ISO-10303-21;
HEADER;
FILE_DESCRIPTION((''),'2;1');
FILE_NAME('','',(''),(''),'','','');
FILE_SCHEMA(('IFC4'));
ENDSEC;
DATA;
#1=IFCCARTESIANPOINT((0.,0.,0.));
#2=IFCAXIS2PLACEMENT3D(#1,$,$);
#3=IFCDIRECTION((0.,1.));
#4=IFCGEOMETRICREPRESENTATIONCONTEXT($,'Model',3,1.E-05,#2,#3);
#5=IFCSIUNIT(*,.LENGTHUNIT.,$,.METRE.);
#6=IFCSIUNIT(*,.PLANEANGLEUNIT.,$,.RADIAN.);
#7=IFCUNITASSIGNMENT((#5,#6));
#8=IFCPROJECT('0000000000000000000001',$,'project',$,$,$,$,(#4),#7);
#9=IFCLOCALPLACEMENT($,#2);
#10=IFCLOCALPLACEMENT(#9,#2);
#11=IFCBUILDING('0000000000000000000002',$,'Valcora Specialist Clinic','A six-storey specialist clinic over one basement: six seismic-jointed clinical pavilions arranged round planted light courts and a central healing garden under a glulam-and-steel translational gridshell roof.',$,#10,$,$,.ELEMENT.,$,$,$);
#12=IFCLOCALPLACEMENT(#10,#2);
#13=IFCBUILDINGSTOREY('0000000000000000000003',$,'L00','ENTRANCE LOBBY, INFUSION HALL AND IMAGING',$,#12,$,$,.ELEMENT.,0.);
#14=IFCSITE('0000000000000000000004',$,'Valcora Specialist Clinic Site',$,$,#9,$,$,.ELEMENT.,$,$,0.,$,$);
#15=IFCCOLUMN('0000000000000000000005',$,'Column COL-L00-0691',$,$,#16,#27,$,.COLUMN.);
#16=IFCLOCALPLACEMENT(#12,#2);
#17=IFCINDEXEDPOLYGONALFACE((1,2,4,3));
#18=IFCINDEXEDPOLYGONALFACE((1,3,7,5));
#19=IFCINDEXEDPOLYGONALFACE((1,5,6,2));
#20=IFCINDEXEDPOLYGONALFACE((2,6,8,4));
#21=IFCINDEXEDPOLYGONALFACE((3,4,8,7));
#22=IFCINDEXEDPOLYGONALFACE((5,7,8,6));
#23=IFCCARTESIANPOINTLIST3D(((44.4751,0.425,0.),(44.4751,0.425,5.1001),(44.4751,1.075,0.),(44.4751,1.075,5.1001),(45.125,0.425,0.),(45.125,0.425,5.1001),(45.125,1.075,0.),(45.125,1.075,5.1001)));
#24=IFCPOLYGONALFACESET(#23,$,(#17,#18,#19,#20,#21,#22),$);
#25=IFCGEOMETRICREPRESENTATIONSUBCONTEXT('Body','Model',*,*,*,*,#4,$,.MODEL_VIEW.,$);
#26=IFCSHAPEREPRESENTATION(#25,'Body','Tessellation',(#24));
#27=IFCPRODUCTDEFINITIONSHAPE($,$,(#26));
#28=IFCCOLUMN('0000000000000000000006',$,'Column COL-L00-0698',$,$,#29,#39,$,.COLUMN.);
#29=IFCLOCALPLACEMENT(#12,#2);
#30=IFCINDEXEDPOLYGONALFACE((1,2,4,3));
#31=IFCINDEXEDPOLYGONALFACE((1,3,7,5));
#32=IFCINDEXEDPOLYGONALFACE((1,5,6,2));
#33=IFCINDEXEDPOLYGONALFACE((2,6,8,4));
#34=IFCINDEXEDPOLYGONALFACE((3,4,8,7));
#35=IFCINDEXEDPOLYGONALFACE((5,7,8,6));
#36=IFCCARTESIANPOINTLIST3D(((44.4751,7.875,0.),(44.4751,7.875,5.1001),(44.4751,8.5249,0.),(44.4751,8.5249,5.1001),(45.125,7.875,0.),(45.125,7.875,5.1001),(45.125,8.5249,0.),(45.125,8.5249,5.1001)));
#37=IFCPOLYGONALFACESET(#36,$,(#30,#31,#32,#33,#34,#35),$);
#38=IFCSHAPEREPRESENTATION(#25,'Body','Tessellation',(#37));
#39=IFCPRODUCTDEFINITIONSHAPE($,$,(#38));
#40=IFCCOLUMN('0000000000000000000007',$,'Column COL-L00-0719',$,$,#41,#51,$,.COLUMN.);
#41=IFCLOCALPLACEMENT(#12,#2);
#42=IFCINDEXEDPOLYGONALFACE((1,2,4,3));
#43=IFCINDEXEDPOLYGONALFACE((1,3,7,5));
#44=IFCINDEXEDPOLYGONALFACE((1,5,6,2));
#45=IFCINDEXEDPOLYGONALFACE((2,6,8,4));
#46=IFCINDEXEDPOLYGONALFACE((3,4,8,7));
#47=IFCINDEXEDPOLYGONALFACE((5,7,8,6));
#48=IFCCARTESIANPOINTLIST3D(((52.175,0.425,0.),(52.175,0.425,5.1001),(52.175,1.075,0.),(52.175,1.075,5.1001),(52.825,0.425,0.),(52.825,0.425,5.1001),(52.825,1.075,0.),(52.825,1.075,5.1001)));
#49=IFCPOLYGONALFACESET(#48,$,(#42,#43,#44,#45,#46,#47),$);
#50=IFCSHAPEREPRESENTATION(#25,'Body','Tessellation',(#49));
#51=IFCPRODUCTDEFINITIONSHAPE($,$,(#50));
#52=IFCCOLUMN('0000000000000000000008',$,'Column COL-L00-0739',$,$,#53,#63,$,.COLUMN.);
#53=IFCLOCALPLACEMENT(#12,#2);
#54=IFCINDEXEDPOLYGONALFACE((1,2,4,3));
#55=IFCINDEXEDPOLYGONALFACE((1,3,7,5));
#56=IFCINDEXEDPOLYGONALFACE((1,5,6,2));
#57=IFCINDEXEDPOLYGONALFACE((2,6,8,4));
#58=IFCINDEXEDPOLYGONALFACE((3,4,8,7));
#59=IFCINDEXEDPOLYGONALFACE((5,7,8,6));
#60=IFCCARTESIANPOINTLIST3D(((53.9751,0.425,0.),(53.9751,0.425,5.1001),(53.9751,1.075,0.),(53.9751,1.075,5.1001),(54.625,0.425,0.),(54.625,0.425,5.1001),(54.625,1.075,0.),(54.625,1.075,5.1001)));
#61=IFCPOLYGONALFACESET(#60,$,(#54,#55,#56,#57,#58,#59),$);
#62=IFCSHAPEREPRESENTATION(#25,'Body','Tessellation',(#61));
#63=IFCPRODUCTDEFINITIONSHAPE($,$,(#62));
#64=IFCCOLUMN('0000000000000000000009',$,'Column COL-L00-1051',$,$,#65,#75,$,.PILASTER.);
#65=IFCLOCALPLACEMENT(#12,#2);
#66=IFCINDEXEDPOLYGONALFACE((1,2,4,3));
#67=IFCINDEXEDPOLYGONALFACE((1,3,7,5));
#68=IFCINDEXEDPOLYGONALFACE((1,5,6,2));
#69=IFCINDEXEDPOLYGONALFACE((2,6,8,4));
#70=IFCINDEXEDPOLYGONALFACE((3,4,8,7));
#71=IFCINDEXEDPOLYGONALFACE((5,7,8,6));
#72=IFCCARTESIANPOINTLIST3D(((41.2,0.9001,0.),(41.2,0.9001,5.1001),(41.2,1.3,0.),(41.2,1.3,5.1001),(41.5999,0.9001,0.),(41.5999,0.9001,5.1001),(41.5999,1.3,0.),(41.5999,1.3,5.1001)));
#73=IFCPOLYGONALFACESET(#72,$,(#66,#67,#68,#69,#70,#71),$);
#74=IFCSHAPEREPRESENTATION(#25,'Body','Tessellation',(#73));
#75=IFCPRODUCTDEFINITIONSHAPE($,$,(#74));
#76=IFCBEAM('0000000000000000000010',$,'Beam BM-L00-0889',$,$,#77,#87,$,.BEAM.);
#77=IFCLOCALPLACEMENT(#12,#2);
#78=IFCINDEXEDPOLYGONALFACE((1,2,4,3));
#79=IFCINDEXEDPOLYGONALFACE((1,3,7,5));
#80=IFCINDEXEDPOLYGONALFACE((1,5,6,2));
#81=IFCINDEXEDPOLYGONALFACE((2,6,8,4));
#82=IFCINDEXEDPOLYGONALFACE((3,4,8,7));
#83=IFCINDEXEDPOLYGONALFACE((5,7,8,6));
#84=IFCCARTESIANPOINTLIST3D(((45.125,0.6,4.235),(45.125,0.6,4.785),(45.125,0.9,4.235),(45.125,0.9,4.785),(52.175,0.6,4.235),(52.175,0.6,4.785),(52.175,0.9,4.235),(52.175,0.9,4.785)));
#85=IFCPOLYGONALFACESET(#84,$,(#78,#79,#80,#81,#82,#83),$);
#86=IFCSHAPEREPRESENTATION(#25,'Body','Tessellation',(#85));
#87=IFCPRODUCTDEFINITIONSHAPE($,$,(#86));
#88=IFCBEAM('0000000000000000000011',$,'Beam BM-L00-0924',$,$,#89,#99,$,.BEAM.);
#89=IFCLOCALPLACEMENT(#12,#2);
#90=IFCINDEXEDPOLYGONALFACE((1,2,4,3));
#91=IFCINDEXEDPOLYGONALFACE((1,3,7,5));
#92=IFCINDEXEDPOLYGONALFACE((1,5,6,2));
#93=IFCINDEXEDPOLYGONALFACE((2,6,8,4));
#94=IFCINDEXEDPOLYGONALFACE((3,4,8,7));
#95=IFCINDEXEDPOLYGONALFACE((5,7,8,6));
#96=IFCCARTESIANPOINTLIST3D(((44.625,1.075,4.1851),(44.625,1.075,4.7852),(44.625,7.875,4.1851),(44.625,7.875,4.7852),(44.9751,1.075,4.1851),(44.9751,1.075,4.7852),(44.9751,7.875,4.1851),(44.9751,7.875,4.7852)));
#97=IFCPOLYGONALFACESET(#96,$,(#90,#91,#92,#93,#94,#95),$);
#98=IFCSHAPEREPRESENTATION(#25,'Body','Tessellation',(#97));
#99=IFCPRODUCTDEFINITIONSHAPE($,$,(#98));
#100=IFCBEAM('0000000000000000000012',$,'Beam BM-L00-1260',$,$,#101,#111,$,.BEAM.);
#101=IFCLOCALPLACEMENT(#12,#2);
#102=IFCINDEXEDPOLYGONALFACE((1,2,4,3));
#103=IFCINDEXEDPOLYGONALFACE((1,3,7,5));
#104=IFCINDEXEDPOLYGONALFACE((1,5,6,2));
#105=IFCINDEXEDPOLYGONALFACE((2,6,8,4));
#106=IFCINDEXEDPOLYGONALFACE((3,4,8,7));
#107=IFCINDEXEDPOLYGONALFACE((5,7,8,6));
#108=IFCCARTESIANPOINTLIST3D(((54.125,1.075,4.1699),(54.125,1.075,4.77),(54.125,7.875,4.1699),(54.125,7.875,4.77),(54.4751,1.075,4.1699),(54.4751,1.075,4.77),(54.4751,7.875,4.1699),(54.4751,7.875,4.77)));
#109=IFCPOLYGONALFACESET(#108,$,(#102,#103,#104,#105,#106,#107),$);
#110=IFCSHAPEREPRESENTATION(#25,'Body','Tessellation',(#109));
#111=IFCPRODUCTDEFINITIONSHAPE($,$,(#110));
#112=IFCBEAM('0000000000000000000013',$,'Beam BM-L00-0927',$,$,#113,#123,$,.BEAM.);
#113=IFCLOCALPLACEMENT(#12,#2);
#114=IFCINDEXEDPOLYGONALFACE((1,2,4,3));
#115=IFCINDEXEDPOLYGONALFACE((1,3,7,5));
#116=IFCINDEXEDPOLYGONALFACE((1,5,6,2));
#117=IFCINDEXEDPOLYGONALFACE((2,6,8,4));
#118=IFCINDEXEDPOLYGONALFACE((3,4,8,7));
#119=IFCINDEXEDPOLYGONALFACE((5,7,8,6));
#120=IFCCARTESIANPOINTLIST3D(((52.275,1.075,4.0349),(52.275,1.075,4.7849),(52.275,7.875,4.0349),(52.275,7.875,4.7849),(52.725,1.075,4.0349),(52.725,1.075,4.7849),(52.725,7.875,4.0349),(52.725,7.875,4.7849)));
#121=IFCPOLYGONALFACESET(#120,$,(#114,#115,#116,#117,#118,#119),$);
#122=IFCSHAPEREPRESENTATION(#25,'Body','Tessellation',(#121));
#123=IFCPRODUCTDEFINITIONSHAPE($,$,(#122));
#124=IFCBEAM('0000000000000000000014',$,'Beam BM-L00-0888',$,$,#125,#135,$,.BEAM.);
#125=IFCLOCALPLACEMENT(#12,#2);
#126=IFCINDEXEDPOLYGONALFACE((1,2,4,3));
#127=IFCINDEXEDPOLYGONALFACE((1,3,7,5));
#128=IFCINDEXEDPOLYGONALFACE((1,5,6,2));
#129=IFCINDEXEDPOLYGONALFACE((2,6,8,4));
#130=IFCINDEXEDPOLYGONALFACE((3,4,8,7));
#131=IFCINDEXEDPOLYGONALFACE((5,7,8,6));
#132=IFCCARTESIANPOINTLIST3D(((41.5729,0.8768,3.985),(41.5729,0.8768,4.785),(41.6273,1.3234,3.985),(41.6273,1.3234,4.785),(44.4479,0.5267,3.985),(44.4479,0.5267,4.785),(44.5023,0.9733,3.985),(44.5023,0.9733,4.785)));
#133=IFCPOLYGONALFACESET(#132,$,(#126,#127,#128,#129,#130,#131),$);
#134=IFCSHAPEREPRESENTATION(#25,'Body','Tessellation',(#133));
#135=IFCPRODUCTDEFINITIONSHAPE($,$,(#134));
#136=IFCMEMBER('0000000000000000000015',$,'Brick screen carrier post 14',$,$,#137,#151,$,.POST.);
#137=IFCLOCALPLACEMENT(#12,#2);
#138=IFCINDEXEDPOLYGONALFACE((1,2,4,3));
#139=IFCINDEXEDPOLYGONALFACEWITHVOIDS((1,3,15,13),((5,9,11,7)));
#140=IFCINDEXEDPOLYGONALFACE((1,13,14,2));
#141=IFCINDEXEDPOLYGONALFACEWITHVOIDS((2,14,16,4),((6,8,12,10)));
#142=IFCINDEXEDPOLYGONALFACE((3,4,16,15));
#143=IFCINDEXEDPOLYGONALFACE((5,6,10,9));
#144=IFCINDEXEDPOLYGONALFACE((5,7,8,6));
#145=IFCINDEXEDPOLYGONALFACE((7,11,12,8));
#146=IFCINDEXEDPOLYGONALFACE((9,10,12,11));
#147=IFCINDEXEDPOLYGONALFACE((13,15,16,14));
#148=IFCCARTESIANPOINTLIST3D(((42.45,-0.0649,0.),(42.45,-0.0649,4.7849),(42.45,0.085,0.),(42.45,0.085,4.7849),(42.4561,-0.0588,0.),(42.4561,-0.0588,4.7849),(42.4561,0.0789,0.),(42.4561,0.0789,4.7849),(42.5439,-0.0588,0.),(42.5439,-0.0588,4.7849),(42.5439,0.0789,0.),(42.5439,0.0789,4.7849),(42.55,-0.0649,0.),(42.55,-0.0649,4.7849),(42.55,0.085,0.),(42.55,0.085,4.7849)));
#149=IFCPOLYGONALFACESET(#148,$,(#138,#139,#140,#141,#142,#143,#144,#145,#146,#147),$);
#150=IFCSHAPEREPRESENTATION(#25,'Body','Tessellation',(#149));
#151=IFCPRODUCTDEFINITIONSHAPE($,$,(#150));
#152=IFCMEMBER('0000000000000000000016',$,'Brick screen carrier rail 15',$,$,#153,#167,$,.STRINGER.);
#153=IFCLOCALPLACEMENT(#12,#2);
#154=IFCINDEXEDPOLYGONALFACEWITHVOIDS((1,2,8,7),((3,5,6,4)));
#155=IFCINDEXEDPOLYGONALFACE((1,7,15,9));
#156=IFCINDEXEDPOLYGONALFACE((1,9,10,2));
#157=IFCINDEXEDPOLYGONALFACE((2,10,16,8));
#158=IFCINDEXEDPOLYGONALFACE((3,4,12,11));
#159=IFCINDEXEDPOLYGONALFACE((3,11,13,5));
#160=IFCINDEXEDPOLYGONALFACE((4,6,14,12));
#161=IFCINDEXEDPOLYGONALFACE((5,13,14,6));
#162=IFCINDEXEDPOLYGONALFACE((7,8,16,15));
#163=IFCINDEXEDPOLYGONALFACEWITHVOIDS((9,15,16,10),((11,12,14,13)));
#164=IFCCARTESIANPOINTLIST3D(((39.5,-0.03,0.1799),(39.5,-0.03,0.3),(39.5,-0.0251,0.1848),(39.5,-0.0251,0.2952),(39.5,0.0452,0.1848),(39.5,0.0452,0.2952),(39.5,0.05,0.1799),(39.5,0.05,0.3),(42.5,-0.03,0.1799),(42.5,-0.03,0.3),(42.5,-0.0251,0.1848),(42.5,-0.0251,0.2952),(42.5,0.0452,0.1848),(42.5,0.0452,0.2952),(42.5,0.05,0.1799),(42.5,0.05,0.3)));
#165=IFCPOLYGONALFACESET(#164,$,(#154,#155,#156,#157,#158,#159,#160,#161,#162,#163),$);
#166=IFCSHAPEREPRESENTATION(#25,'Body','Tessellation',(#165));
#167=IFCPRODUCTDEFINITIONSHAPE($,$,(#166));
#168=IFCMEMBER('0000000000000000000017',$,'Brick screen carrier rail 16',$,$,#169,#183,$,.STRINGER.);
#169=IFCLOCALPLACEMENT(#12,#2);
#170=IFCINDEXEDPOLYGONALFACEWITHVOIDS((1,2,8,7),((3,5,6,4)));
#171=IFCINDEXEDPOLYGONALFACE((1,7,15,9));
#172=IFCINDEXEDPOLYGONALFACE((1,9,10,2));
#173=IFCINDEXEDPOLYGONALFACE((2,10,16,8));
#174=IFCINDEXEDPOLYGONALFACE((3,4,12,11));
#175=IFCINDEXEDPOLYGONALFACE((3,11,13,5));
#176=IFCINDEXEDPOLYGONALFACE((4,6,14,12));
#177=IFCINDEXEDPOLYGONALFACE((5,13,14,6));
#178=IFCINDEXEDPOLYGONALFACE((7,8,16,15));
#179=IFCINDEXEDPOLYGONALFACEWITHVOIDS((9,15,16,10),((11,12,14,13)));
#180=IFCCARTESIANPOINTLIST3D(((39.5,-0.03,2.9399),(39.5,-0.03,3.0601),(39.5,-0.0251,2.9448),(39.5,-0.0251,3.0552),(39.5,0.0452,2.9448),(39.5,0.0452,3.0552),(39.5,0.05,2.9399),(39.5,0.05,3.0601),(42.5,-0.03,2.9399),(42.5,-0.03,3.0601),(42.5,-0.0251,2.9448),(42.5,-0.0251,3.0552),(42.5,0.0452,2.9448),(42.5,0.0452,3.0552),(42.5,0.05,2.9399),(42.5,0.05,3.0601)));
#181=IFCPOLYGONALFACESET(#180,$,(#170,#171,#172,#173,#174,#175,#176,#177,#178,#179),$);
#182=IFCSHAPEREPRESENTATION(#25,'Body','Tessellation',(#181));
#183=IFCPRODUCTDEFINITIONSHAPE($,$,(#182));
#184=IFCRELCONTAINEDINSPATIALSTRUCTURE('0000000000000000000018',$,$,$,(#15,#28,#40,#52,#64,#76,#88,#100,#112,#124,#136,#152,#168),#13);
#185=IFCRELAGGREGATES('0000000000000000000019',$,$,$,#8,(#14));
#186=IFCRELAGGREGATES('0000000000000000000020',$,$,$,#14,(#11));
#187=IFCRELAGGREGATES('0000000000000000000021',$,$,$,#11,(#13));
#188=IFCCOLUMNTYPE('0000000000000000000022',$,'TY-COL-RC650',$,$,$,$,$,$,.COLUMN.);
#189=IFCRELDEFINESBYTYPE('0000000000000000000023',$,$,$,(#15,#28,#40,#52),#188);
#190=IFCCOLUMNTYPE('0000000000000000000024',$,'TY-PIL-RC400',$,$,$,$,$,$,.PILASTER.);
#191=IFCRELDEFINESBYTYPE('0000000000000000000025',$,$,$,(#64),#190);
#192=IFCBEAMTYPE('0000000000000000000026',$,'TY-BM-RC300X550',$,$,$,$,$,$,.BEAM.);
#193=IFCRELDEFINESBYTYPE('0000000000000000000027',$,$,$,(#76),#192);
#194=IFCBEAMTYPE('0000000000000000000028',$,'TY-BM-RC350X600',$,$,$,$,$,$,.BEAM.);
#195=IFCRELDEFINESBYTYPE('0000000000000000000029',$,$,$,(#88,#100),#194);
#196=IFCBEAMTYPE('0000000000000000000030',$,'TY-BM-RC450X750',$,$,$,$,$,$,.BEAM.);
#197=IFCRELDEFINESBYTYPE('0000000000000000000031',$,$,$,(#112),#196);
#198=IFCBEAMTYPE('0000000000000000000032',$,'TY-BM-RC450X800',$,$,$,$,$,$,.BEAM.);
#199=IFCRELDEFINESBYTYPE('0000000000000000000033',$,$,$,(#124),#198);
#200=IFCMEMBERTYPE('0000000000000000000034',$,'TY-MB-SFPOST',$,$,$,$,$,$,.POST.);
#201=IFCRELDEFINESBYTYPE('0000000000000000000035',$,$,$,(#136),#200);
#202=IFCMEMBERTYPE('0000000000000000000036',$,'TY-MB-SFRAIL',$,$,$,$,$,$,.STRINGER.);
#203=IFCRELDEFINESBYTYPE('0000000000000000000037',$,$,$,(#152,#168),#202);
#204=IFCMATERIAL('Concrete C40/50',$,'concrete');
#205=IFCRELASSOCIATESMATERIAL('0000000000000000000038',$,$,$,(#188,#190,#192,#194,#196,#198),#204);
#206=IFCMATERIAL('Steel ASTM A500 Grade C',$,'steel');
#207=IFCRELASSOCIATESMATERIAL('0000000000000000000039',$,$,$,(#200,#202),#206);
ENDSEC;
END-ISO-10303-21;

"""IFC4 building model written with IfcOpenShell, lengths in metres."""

from ifc_helpers import new_model, si_unit, direction, frame, origin, origin_2d, place, context, subcontext, project, spatial, rectangle, hollow_rectangle, extrude, material, material_profile, profile_set, type_object, element, save


model = new_model("IFC4")

# Units and contexts
model_context = context("Model", 3, precision=1e-05, world=origin(), true_north=direction((0.0, 1.0)))
body_context = subcontext(model_context, "Body", "Model", "MODEL_VIEW")
ifc_project = project(units=[si_unit("LENGTHUNIT", "METRE"), si_unit("PLANEANGLEUNIT", "RADIAN")], contexts=[model_context])

# Site, building, storey
site_placement = place(None, origin())
site = spatial("IfcSite", under=ifc_project, at=site_placement, Name="Valcora Specialist Clinic Site", CompositionType="ELEMENT", RefElevation=0.0)
building_placement = place(site_placement, origin())
building = spatial("IfcBuilding", under=site, at=building_placement, Name="Valcora Specialist Clinic", Description="A six-storey specialist clinic over one basement: six seismic-jointed clinical pavilions arranged round planted light courts and a central healing garden under a glulam-and-steel translational gridshell roof.", CompositionType="ELEMENT")
storey_placement = place(building_placement, origin())
storey = spatial("IfcBuildingStorey", under=building, at=storey_placement, Name="L00", Description="ENTRANCE LOBBY, INFUSION HALL AND IMAGING", CompositionType="ELEMENT", Elevation=0.0)

# Columns
ifc_material_1 = material(Name="Concrete C40/50", Category="concrete")
ifc_material_profile_1 = material_profile(ifc_material_1, rectangle(XDim=0.6499, YDim=0.6499, at=origin_2d()), Name="RC-COL-650X650")
ifc_profile_set_1 = profile_set([ifc_material_profile_1], Name="Concrete C40/50")
column_type_1 = type_object("IfcColumnType", Name="TY-COL-RC650", PredefinedType="COLUMN", material=ifc_profile_set_1)
for number, where, z_axis, x_axis, name in (
    (1, (44.8, 0.75, 0.0), (0.0, 0.0, 1.0), (1.0, 0.0, 0.0), "Column COL-L00-0691"),
    (2, (44.8, 8.2, 0.0), (0.0, 0.0, 1.0), (1.0, 0.0, 0.0), "Column COL-L00-0698"),
    (3, (52.5, 0.75, 0.0), (0.0, 0.0, 1.0), (1.0, 0.0, 0.0), "Column COL-L00-0719"),
    (4, (54.3, 0.75, 0.0), (0.0, 0.0, 1.0), (1.0, 0.0, 0.0), "Column COL-L00-0739"),
):
    element("IfcColumn", number, at=place(storey_placement, frame(where, z_axis=z_axis, x_axis=x_axis)), inside=storey, type_object=column_type_1, Name=name, PredefinedType="COLUMN", context=body_context, shape_type="SweptSolid", body=[
        extrude(rectangle(XDim=0.6499, YDim=0.6499, at=origin_2d()), origin(), (0.0, 0.0, 1.0), 5.1001),
    ])
ifc_material_profile_2 = material_profile(ifc_material_1, rectangle(XDim=0.3999, YDim=0.3999, at=origin_2d()), Name="RC-COL-400X400")
ifc_profile_set_2 = profile_set([ifc_material_profile_2], Name="Concrete C40/50")
column_type_2 = type_object("IfcColumnType", Name="TY-PIL-RC400", PredefinedType="PILASTER", material=ifc_profile_set_2)
column_placement = place(storey_placement, frame((41.3999, 1.1001, 0.0), z_axis=(0.0, 0.0, 1.0), x_axis=(1.0, 0.0, 0.0)))
element("IfcColumn", 5, at=column_placement, inside=storey, type_object=column_type_2, Name="Column COL-L00-1051", PredefinedType="PILASTER", context=body_context, shape_type="SweptSolid", body=[
    extrude(rectangle(XDim=0.3999, YDim=0.3999, at=origin_2d()), origin(), (0.0, 0.0, 1.0), 5.1001),
])

# Beams
ifc_material_profile_3 = material_profile(ifc_material_1, rectangle(XDim=0.3, YDim=0.55, at=origin_2d()), Name="RC-BM-300X550")
ifc_profile_set_3 = profile_set([ifc_material_profile_3], Name="Concrete C40/50")
beam_type_1 = type_object("IfcBeamType", Name="TY-BM-RC300X550", PredefinedType="BEAM", material=ifc_profile_set_3)
beam_1_placement = place(storey_placement, frame((45.125, 0.75, 4.51), z_axis=(1.0, 0.0, 0.0), x_axis=(0.0, 1.0, 0.0)))
element("IfcBeam", 6, at=beam_1_placement, inside=storey, type_object=beam_type_1, Name="Beam BM-L00-0889", PredefinedType="BEAM", context=body_context, shape_type="SweptSolid", body=[
    extrude(rectangle(XDim=0.3, YDim=0.55, at=origin_2d()), origin(), (0.0, 0.0, 1.0), 7.05),
])
ifc_material_profile_4 = material_profile(ifc_material_1, rectangle(XDim=0.3501, YDim=0.6001, at=origin_2d()), Name="RC-BM-350X600")
ifc_profile_set_4 = profile_set([ifc_material_profile_4], Name="Concrete C40/50")
beam_type_2 = type_object("IfcBeamType", Name="TY-BM-RC350X600", PredefinedType="BEAM", material=ifc_profile_set_4)
for number, where, z_axis, x_axis, name in (
    (7, (44.8, 1.075, 4.4851), (0.0, 1.0, 0.0), (-1.0, 0.0, 0.0), "Beam BM-L00-0924"),
    (8, (54.3, 1.075, 4.47), (0.0, 1.0, 0.0), (-1.0, 0.0, 0.0), "Beam BM-L00-1260"),
):
    element("IfcBeam", number, at=place(storey_placement, frame(where, z_axis=z_axis, x_axis=x_axis)), inside=storey, type_object=beam_type_2, Name=name, PredefinedType="BEAM", context=body_context, shape_type="SweptSolid", body=[
        extrude(rectangle(XDim=0.3501, YDim=0.6001, at=origin_2d()), origin(), (0.0, 0.0, 1.0), 6.8),
    ])
ifc_material_profile_5 = material_profile(ifc_material_1, rectangle(XDim=0.45, YDim=0.75, at=origin_2d()), Name="RC-BM-450X750")
ifc_profile_set_5 = profile_set([ifc_material_profile_5], Name="Concrete C40/50")
beam_type_3 = type_object("IfcBeamType", Name="TY-BM-RC450X750", PredefinedType="BEAM", material=ifc_profile_set_5)
beam_2_placement = place(storey_placement, frame((52.5, 1.075, 4.4099), z_axis=(0.0, 1.0, 0.0), x_axis=(-1.0, 0.0, 0.0)))
element("IfcBeam", 9, at=beam_2_placement, inside=storey, type_object=beam_type_3, Name="Beam BM-L00-0927", PredefinedType="BEAM", context=body_context, shape_type="SweptSolid", body=[
    extrude(rectangle(XDim=0.45, YDim=0.75, at=origin_2d()), origin(), (0.0, 0.0, 1.0), 6.8),
])
ifc_material_profile_6 = material_profile(ifc_material_1, rectangle(XDim=0.45, YDim=0.8, at=origin_2d()), Name="RC-BM-450X800")
ifc_profile_set_6 = profile_set([ifc_material_profile_6], Name="Concrete C40/50")
beam_type_4 = type_object("IfcBeamType", Name="TY-BM-RC450X800", PredefinedType="BEAM", material=ifc_profile_set_6)
beam_3_placement = place(storey_placement, frame((41.6001, 1.1001, 4.385), z_axis=(0.992667, -0.12088, 0.0), x_axis=(0.12088, 0.992667, 0.0)))
element("IfcBeam", 10, at=beam_3_placement, inside=storey, type_object=beam_type_4, Name="Beam BM-L00-0888", PredefinedType="BEAM", context=body_context, shape_type="SweptSolid", body=[
    extrude(rectangle(XDim=0.45, YDim=0.8, at=origin_2d()), origin(), (0.0, 0.0, 1.0), 2.8962),
])

# Members
ifc_material_2 = material(Name="Steel ASTM A500 Grade C", Category="steel")
ifc_material_profile_7 = material_profile(ifc_material_2, hollow_rectangle(XDim=0.1001, YDim=0.1499, WallThickness=0.0061, at=origin_2d()), Name="ST-RHS-150X100X6")
ifc_profile_set_7 = profile_set([ifc_material_profile_7], Name="Steel ASTM A500 Grade C")
member_type_1 = type_object("IfcMemberType", Name="TY-MB-SFPOST", PredefinedType="POST", material=ifc_profile_set_7)
member_placement = place(storey_placement, frame((42.5, 0.01, 0.0), z_axis=(0.0, 0.0, 1.0), x_axis=(1.0, 0.0, 0.0)))
element("IfcMember", 11, at=member_placement, inside=storey, type_object=member_type_1, Name="Brick screen carrier post 14", PredefinedType="POST", context=body_context, shape_type="SweptSolid", body=[
    extrude(hollow_rectangle(XDim=0.1001, YDim=0.1499, WallThickness=0.0061, at=origin_2d()), origin(), (0.0, 0.0, 1.0), 4.7849),
])
ifc_material_profile_8 = material_profile(ifc_material_2, hollow_rectangle(XDim=0.0801, YDim=0.1201, WallThickness=0.0049, at=origin_2d()), Name="ST-RHS-120X80X5")
ifc_profile_set_8 = profile_set([ifc_material_profile_8], Name="Steel ASTM A500 Grade C")
member_type_2 = type_object("IfcMemberType", Name="TY-MB-SFRAIL", PredefinedType="STRINGER", material=ifc_profile_set_8)
for number, where, z_axis, x_axis, name in (
    (12, (39.5, 0.01, 0.24), (1.0, 0.0, 0.0), (0.0, 1.0, 0.0), "Brick screen carrier rail 15"),
    (13, (39.5, 0.01, 3.0), (1.0, 0.0, 0.0), (0.0, 1.0, 0.0), "Brick screen carrier rail 16"),
):
    element("IfcMember", number, at=place(storey_placement, frame(where, z_axis=z_axis, x_axis=x_axis)), inside=storey, type_object=member_type_2, Name=name, PredefinedType="STRINGER", context=body_context, shape_type="SweptSolid", body=[
        extrude(hollow_rectangle(XDim=0.0801, YDim=0.1201, WallThickness=0.0049, at=origin_2d()), origin(), (0.0, 0.0, 1.0), 3.0),
    ])

save(model, "model.ifc")
